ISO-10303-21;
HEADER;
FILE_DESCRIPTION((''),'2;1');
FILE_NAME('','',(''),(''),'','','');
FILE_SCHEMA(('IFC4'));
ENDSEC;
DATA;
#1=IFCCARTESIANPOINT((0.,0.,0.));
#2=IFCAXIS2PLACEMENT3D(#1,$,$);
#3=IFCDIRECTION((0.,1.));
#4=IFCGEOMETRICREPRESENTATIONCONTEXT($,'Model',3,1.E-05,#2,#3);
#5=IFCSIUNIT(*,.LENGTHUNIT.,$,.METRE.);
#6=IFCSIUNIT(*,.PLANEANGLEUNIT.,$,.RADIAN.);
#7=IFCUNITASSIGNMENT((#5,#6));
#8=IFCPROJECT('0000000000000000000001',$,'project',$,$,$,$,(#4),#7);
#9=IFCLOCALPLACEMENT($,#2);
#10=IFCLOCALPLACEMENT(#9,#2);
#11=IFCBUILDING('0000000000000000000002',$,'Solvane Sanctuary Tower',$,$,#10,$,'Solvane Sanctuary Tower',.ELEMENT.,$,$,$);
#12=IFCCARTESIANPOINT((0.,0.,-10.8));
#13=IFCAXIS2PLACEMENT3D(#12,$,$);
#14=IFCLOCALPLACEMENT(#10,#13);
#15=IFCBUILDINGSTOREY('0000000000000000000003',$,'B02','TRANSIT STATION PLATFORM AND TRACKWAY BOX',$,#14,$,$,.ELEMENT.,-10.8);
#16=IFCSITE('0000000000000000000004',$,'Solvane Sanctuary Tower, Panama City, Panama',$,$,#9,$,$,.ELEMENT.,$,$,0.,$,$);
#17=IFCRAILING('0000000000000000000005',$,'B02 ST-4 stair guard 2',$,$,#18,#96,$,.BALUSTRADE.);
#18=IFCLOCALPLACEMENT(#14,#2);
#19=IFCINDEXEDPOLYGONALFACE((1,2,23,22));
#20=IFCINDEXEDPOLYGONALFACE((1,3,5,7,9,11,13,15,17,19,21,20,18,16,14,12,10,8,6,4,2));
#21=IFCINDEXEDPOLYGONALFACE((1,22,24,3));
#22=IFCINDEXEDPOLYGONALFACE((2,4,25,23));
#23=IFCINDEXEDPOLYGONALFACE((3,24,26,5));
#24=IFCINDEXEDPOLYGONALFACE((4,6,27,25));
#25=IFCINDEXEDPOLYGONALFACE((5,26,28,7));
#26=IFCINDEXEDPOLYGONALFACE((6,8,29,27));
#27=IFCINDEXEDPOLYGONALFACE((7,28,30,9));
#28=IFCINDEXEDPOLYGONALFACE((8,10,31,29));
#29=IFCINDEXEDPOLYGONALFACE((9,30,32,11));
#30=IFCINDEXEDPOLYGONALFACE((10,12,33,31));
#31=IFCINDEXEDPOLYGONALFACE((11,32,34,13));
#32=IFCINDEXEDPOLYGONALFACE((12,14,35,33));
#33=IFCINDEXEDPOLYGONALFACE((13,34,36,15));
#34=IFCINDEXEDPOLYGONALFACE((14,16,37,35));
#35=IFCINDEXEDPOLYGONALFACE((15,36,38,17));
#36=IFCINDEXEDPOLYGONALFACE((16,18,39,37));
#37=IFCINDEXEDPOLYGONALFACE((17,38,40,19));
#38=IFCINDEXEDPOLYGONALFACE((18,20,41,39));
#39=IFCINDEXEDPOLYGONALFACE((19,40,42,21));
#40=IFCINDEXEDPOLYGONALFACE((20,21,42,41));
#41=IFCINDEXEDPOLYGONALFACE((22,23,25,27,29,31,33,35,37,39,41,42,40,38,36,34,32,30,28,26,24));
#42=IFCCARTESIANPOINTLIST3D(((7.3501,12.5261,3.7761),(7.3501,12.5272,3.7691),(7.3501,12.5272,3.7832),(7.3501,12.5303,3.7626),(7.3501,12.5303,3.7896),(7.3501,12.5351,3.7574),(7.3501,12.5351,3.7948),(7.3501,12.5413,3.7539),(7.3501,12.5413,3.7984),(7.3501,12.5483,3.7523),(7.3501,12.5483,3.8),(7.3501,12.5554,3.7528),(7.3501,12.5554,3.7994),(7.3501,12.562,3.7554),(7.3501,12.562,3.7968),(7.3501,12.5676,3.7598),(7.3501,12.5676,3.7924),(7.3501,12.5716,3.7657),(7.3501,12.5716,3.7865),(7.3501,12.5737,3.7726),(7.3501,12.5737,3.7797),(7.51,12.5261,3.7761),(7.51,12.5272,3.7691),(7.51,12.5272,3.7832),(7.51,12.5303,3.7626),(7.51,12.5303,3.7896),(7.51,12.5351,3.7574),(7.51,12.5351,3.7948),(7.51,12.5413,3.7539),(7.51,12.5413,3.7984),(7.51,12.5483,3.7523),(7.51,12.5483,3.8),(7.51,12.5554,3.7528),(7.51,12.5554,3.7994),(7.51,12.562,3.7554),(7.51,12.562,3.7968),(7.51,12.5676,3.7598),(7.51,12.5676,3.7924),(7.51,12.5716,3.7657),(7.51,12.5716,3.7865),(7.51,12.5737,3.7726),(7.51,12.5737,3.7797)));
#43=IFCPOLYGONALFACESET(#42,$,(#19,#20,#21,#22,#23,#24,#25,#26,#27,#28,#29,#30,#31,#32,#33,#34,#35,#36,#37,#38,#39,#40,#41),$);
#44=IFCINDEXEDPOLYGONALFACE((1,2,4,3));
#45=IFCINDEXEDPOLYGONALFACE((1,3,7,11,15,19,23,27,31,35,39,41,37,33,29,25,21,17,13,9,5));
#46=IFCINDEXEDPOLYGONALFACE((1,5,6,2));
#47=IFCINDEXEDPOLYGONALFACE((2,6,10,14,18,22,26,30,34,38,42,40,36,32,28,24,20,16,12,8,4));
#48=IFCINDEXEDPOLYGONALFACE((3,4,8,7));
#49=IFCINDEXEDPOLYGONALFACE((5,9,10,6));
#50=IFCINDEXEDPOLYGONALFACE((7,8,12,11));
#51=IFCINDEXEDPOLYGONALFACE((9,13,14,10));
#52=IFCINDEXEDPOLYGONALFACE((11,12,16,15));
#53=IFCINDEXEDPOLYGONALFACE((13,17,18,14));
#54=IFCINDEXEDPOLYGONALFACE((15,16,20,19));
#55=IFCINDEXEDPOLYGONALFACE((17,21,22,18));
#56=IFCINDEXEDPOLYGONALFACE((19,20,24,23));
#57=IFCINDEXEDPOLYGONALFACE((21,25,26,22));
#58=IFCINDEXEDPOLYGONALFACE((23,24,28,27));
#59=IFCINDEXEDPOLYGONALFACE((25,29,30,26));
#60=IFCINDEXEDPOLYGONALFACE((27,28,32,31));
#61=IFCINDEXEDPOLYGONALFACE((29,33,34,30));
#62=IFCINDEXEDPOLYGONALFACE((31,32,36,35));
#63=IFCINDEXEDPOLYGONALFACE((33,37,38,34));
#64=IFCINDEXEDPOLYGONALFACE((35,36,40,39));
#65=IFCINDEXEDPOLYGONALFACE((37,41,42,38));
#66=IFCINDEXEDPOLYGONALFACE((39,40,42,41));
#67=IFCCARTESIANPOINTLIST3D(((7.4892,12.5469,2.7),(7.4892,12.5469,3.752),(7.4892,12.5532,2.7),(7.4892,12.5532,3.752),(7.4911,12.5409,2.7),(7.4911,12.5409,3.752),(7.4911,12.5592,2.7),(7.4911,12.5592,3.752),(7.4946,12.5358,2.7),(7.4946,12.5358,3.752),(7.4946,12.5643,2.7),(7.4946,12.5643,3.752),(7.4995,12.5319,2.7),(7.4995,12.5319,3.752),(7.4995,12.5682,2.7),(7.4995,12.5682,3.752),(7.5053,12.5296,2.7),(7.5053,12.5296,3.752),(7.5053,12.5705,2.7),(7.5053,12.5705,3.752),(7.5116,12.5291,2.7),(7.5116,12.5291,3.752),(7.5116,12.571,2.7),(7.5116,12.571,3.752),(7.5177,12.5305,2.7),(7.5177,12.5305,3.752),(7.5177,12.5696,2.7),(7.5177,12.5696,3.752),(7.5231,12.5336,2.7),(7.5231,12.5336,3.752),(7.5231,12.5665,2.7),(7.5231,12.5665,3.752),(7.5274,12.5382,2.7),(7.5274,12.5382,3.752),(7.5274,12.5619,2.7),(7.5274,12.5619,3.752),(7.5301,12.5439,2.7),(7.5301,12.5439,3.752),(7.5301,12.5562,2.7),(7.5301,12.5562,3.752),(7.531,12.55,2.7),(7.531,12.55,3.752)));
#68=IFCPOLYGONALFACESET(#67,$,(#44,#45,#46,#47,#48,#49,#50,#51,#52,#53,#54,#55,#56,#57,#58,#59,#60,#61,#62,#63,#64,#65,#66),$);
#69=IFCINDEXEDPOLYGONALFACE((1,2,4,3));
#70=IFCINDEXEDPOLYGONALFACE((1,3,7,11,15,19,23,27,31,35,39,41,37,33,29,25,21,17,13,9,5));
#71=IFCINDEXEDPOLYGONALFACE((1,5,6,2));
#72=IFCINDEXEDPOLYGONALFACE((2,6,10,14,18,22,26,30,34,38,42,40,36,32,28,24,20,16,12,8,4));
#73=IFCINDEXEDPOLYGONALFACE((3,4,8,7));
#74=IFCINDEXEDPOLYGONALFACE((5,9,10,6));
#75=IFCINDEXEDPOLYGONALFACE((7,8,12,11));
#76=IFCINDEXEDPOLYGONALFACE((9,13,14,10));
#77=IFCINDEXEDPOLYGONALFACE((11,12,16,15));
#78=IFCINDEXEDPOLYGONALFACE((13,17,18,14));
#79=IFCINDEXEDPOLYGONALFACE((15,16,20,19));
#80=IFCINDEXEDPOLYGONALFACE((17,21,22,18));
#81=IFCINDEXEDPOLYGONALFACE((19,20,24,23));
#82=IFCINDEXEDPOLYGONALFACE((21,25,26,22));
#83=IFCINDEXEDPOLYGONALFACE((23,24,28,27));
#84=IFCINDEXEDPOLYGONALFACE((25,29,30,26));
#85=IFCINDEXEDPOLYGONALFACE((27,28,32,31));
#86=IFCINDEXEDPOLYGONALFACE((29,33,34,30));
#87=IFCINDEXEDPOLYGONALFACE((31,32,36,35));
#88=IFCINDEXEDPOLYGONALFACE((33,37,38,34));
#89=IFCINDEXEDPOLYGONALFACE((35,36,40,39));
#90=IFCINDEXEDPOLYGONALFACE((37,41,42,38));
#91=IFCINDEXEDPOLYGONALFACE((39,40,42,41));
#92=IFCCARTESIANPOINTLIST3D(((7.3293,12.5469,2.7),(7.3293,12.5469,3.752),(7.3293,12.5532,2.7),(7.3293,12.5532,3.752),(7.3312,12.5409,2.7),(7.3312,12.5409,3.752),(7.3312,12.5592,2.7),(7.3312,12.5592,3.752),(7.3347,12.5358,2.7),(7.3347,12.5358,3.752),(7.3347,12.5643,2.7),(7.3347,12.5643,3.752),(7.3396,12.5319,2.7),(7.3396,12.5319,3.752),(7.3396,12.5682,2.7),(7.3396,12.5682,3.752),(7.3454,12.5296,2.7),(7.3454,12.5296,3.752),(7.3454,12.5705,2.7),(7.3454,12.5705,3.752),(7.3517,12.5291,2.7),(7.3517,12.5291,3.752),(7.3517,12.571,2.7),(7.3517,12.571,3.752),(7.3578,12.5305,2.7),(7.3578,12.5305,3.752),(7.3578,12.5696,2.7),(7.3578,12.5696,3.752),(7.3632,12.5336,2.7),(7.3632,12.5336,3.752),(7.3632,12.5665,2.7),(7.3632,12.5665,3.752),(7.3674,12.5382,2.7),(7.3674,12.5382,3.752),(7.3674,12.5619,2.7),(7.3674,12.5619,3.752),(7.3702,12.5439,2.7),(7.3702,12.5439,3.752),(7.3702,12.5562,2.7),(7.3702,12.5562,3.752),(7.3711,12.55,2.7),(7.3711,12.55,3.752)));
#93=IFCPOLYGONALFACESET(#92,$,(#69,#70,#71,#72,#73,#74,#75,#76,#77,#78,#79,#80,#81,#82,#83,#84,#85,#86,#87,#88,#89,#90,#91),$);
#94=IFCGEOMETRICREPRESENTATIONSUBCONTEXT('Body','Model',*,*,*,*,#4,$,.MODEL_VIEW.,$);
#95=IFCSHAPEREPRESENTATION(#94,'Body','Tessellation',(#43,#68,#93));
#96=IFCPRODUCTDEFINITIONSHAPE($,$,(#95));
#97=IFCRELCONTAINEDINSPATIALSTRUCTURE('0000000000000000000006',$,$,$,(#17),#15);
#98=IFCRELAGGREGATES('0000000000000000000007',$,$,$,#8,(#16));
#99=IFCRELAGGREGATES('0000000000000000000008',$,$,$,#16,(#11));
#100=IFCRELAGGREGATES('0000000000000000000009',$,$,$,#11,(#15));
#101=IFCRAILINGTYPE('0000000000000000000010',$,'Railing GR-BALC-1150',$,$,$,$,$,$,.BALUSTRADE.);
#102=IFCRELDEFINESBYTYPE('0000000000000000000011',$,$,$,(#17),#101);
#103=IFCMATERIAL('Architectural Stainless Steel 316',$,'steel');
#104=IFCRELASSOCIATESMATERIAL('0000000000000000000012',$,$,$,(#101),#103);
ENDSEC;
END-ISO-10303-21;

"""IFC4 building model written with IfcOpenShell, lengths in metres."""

from ifc_helpers import new_model, si_unit, direction, frame, origin, origin_2d, place, context, subcontext, project, spatial, circle, extrude, material, type_object, element, save


model = new_model("IFC4")

# Units and contexts
model_context = context("Model", 3, precision=1e-05, world=origin(), true_north=direction((0.0, 1.0)))
body_context = subcontext(model_context, "Body", "Model", "MODEL_VIEW")
ifc_project = project(units=[si_unit("LENGTHUNIT", "METRE"), si_unit("PLANEANGLEUNIT", "RADIAN")], contexts=[model_context])

# Site, building, storey
site_placement = place(None, origin())
site = spatial("IfcSite", under=ifc_project, at=site_placement, Name="Solvane Sanctuary Tower, Panama City, Panama", CompositionType="ELEMENT", RefElevation=0.0)
building_placement = place(site_placement, origin())
building = spatial("IfcBuilding", under=site, at=building_placement, Name="Solvane Sanctuary Tower", LongName="Solvane Sanctuary Tower", CompositionType="ELEMENT")
storey_placement = place(building_placement, frame((0.0, 0.0, -10.8)))
storey = spatial("IfcBuildingStorey", under=building, at=storey_placement, Name="B02", Description="TRANSIT STATION PLATFORM AND TRACKWAY BOX", CompositionType="ELEMENT", Elevation=-10.8)

# Shared definitions
ifc_material_1 = material(Name="Architectural Stainless Steel 316", Category="steel")

# Railing
railing_type_1 = type_object("IfcRailingType", Name="Railing GR-BALC-1150", PredefinedType="BALUSTRADE", material=ifc_material_1)
railing_1_placement = place(storey_placement, frame((7.51, 12.55, 2.7)))
element("IfcRailing", 1, at=railing_1_placement, inside=storey, type_object=railing_type_1, Name="B02 ST-4 stair guard 2", PredefinedType="BALUSTRADE", context=body_context, shape_type="SweptSolid", body=[
    extrude(circle(Radius=0.0239, at=origin_2d()), frame((0.0, 0.0, 1.0762), z_axis=(-1.0, 0.0, 0.0), x_axis=(0.0, -1.0, 0.0)), (0.0, 0.0, 1.0), 0.1599),
    extrude(circle(Radius=0.021, at=origin_2d()), origin(), (0.0, 0.0, 1.0), 1.052),
    extrude(circle(Radius=0.021, at=origin_2d()), frame((-0.1599, 0.0, 0.0)), (0.0, 0.0, 1.0), 1.052),
])

save(model, "model.ifc")
